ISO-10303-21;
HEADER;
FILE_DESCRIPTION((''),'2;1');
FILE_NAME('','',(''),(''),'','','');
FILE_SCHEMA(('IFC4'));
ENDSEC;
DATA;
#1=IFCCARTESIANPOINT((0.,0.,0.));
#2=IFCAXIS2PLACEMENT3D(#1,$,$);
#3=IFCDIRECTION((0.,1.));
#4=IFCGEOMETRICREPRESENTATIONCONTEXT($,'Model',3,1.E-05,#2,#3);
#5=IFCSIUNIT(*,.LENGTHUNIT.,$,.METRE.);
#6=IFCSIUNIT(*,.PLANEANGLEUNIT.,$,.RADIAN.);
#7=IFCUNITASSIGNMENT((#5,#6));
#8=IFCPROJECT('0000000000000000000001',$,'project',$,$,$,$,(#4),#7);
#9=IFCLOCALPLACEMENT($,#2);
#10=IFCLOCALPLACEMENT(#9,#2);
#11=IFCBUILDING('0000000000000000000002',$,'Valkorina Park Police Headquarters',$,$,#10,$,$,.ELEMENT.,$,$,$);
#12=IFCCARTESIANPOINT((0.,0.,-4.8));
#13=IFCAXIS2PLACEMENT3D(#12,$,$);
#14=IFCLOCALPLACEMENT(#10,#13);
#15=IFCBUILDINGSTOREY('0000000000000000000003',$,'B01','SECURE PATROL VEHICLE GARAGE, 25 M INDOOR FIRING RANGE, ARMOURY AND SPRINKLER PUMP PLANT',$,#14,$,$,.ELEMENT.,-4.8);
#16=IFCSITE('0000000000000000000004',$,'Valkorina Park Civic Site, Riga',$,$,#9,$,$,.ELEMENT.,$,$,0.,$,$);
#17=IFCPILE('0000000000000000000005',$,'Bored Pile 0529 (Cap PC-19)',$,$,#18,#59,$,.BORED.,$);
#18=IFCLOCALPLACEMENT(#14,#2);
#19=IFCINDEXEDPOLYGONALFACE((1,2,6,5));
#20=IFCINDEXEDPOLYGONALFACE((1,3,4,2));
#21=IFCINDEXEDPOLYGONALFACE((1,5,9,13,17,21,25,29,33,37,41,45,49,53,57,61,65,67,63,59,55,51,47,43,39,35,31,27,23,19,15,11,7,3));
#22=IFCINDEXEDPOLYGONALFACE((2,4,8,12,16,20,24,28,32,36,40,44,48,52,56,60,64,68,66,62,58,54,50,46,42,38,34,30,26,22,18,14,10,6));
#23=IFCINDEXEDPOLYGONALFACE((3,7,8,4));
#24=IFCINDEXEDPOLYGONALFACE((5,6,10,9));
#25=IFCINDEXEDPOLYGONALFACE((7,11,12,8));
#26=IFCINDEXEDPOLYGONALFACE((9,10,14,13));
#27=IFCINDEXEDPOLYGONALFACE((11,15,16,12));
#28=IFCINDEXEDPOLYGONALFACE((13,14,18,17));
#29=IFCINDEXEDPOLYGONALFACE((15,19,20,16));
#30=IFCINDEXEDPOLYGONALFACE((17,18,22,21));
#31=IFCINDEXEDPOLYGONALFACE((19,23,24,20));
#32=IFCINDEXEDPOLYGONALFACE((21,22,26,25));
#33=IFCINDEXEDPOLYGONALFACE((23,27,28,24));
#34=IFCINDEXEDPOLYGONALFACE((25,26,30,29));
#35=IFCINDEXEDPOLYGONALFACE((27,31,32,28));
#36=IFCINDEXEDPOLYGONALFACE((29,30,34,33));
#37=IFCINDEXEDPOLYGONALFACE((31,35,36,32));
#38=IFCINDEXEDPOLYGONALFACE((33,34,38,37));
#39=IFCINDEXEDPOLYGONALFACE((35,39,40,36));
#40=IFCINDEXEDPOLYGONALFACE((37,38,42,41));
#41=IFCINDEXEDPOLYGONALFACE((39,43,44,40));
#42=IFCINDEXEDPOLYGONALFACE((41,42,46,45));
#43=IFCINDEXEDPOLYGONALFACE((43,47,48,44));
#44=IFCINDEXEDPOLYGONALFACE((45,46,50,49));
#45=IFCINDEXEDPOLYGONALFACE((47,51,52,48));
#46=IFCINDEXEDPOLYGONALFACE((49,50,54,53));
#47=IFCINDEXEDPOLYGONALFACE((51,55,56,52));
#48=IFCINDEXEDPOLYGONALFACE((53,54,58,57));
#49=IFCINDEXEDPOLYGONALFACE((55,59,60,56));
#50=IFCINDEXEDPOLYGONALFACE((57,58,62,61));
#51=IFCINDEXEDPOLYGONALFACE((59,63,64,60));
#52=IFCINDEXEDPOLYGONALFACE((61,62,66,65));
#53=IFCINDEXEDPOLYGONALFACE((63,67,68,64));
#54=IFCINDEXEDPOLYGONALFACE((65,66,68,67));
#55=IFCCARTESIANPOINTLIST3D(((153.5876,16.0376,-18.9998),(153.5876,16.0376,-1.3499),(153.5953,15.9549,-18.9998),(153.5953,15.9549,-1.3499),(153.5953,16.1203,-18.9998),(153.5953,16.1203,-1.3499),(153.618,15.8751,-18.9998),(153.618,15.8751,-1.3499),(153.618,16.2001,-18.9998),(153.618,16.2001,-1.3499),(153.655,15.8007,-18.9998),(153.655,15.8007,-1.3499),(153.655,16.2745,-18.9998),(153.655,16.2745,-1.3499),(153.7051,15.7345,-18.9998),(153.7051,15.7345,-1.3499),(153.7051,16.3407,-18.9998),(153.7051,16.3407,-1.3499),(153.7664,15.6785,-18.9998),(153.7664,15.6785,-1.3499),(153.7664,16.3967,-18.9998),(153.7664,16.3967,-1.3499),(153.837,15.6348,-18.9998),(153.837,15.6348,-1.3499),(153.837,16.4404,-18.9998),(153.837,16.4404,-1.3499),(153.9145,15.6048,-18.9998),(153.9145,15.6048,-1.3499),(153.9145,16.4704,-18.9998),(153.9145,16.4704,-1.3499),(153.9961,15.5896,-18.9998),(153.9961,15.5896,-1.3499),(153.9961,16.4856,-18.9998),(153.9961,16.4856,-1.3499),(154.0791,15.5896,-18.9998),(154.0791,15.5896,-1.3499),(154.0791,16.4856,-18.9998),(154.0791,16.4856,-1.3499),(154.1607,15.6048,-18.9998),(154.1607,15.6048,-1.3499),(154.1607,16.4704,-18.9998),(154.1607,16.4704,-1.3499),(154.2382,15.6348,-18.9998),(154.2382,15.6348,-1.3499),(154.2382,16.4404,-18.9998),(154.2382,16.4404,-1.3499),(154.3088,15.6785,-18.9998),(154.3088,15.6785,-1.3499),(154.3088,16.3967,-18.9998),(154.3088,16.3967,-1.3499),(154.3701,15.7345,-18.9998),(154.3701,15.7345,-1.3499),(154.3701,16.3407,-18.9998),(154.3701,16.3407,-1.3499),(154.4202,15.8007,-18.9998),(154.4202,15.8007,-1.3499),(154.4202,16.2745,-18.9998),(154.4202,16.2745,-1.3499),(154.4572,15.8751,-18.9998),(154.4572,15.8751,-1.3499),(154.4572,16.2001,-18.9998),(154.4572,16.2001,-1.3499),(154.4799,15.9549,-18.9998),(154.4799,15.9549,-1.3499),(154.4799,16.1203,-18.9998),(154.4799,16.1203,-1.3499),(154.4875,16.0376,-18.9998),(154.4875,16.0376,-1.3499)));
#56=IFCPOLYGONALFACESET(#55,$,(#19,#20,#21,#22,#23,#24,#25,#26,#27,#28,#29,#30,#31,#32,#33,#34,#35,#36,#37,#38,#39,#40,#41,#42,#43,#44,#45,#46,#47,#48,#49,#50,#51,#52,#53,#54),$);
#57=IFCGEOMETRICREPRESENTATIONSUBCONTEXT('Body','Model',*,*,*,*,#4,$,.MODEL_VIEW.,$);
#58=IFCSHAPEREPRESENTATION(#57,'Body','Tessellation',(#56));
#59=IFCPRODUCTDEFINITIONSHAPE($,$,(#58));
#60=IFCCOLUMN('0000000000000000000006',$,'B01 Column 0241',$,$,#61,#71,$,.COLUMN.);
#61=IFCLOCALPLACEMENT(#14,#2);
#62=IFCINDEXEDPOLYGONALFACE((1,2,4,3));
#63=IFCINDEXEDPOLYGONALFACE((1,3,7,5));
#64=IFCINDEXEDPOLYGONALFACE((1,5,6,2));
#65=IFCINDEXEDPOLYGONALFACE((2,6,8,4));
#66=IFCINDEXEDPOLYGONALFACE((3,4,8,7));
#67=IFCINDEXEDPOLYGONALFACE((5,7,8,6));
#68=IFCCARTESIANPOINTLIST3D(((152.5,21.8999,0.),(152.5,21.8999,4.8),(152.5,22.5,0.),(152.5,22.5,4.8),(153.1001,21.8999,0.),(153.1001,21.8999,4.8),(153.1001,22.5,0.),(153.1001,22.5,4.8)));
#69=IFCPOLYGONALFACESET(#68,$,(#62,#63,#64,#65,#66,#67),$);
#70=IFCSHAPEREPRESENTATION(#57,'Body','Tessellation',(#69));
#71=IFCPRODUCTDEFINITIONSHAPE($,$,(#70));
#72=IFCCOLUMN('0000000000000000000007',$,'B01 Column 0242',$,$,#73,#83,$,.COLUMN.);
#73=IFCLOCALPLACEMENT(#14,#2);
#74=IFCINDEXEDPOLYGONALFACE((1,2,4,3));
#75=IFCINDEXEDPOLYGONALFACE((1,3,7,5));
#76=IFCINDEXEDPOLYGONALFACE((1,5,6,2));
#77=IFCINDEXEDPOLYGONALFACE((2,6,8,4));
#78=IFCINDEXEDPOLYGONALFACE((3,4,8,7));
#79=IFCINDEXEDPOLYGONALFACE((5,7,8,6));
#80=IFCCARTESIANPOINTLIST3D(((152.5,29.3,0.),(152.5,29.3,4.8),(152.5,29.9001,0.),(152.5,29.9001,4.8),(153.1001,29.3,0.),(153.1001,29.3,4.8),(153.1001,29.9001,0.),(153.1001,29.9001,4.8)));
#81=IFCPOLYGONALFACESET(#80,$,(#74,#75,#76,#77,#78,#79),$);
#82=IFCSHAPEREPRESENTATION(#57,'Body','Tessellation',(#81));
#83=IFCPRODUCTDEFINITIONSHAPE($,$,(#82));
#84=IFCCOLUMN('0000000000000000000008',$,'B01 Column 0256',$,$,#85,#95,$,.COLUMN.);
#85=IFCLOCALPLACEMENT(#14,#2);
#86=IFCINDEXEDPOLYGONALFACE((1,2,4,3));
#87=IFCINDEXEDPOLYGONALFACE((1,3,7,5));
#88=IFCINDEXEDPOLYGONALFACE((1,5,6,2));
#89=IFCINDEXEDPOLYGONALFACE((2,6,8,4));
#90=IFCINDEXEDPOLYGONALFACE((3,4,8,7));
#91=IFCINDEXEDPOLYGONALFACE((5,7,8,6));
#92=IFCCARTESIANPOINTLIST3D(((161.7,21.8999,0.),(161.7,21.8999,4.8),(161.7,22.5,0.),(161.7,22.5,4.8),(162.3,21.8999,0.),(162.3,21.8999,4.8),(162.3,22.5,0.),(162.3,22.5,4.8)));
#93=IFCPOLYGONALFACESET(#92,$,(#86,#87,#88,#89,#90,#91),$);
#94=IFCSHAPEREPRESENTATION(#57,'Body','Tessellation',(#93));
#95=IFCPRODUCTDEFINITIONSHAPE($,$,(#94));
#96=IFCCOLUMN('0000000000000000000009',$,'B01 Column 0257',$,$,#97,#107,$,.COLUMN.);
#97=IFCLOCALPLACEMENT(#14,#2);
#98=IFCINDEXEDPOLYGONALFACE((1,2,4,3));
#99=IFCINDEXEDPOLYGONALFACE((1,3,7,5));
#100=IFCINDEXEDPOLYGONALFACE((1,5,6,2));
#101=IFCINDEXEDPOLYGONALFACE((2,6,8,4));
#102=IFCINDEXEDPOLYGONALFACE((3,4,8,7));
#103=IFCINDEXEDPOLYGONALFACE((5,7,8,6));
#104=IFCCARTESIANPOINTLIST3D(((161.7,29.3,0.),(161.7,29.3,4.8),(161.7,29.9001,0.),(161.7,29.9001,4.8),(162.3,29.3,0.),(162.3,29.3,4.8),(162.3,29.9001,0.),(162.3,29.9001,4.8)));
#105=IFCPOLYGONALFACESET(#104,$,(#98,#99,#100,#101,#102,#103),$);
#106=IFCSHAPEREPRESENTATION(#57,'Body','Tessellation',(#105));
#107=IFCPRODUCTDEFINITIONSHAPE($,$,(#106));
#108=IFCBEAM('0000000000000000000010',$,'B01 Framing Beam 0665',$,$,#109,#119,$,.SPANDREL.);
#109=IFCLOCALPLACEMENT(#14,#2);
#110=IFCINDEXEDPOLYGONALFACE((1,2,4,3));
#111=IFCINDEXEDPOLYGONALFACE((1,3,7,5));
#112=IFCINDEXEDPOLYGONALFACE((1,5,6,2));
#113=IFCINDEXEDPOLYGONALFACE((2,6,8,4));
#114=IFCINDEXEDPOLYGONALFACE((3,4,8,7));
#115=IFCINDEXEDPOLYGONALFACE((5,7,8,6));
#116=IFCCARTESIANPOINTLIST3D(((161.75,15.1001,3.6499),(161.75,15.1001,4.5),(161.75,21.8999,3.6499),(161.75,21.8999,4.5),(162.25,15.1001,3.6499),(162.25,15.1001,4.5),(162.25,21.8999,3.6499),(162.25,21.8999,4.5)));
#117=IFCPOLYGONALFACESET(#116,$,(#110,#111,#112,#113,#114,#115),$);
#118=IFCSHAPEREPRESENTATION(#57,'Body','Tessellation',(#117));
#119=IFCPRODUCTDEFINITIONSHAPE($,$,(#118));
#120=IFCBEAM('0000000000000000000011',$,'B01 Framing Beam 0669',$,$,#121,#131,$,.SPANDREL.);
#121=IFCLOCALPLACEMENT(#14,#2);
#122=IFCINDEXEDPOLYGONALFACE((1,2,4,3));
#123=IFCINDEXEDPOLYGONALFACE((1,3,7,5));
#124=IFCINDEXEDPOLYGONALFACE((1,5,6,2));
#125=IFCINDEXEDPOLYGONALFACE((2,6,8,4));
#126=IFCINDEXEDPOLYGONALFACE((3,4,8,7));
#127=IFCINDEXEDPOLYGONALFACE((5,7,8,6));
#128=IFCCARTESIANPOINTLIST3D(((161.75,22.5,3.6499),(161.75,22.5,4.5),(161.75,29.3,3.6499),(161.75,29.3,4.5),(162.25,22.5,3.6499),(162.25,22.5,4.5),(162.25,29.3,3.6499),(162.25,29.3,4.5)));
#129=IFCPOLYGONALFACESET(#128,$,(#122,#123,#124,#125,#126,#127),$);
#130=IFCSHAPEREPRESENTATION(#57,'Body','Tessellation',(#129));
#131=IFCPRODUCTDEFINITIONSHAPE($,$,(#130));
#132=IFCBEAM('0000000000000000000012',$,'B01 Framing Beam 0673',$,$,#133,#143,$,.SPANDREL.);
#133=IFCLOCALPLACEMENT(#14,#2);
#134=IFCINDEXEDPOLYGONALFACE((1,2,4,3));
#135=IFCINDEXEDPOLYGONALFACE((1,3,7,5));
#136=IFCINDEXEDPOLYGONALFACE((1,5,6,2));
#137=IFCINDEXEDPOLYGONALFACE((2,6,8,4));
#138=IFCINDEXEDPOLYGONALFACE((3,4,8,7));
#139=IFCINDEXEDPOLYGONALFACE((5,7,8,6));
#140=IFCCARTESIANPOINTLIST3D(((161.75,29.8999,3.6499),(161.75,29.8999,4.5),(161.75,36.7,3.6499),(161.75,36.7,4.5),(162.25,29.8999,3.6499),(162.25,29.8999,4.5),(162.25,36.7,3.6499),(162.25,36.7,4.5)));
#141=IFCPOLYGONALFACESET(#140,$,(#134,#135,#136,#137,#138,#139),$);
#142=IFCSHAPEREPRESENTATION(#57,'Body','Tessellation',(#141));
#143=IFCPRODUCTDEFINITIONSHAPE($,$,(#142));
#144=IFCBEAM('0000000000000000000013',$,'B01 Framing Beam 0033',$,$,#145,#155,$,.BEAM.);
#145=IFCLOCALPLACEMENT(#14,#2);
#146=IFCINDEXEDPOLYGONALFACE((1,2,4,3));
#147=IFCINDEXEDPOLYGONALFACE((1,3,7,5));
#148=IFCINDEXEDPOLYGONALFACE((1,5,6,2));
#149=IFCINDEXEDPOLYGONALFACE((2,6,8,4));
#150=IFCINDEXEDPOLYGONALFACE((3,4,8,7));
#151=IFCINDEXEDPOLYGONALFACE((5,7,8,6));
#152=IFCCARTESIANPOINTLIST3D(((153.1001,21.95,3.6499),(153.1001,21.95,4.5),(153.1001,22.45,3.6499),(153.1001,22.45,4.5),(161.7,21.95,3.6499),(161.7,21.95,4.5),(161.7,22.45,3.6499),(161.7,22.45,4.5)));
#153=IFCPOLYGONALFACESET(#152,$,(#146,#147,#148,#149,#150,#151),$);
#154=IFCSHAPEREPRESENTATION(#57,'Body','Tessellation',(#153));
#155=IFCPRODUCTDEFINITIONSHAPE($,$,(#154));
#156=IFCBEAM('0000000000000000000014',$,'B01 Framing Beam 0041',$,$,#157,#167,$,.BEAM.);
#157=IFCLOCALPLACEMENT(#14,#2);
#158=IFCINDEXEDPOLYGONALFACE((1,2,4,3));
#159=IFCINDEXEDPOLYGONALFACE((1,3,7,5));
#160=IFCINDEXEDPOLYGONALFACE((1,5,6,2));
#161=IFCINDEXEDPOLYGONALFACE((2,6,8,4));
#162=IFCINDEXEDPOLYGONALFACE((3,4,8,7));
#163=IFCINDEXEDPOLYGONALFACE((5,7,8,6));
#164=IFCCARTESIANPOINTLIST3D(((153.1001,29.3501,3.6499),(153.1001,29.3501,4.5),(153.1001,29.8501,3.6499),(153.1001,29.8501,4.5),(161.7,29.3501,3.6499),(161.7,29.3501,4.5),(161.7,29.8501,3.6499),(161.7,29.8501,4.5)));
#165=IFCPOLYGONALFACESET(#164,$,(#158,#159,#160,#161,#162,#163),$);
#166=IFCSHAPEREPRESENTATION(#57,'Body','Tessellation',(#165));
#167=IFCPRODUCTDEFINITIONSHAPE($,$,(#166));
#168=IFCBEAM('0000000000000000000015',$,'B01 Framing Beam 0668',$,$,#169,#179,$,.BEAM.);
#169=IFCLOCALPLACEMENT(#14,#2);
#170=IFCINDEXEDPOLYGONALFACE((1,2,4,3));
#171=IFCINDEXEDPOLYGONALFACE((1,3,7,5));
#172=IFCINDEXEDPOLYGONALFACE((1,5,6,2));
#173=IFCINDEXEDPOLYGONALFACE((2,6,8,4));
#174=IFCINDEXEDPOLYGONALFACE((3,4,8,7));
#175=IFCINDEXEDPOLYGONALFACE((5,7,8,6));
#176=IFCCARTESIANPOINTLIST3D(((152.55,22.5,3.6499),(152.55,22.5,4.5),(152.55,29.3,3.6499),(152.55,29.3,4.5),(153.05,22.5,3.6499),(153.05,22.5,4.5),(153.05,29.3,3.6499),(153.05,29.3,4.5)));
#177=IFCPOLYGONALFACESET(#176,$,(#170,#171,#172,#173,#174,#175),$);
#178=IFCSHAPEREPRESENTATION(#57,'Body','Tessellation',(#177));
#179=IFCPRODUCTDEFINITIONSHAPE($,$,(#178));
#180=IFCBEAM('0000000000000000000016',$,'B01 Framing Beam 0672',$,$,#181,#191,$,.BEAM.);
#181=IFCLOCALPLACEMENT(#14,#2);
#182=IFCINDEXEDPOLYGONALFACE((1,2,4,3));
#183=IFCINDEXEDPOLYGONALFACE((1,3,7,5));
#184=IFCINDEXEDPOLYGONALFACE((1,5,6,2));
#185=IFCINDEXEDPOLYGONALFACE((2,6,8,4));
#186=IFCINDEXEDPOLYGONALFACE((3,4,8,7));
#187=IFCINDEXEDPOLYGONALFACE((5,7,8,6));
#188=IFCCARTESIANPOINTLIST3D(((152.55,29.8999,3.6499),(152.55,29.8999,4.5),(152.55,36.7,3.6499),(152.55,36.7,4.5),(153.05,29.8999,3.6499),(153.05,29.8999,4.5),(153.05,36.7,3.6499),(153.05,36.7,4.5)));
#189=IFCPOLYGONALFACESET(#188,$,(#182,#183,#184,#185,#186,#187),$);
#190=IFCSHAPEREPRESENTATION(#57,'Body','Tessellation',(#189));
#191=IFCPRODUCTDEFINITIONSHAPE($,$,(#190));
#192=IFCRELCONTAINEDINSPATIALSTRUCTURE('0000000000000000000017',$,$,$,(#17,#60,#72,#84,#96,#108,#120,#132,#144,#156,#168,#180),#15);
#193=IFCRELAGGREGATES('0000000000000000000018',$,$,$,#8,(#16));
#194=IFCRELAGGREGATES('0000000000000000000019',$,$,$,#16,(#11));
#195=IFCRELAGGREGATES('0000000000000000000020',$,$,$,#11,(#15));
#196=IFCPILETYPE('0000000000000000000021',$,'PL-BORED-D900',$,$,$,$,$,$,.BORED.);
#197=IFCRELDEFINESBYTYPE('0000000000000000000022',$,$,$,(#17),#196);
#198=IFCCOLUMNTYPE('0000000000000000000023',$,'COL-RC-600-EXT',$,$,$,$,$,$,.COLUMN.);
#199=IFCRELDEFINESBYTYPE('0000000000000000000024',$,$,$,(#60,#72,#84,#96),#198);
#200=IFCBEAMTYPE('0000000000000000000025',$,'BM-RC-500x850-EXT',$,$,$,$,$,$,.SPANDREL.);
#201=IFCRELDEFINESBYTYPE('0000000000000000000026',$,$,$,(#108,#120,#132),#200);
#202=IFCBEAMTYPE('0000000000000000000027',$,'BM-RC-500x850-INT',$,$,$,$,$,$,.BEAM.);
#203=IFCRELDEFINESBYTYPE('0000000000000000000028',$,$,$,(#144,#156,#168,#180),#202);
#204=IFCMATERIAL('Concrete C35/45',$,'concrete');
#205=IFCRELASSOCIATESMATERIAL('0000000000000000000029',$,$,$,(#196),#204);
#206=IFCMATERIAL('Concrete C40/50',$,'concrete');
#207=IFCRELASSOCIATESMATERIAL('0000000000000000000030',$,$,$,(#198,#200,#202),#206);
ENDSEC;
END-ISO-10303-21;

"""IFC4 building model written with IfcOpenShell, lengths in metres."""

from ifc_helpers import new_model, si_unit, direction, frame, origin, origin_2d, place, context, subcontext, project, spatial, rectangle, circle, extrude, material, material_profile, profile_set, type_object, element, save


model = new_model("IFC4")

# Units and contexts
model_context = context("Model", 3, precision=1e-05, world=origin(), true_north=direction((0.0, 1.0)))
body_context = subcontext(model_context, "Body", "Model", "MODEL_VIEW")
ifc_project = project(units=[si_unit("LENGTHUNIT", "METRE"), si_unit("PLANEANGLEUNIT", "RADIAN")], contexts=[model_context])

# Site, building, storey
site_placement = place(None, origin())
site = spatial("IfcSite", under=ifc_project, at=site_placement, Name="Valkorina Park Civic Site, Riga", CompositionType="ELEMENT", RefElevation=0.0)
building_placement = place(site_placement, origin())
building = spatial("IfcBuilding", under=site, at=building_placement, Name="Valkorina Park Police Headquarters", CompositionType="ELEMENT")
storey_placement = place(building_placement, frame((0.0, 0.0, -4.8)))
storey = spatial("IfcBuildingStorey", under=building, at=storey_placement, Name="B01", Description="SECURE PATROL VEHICLE GARAGE, 25 M INDOOR FIRING RANGE, ARMOURY AND SPRINKLER PUMP PLANT", CompositionType="ELEMENT", Elevation=-4.8)

# Shared definitions
ifc_material_1 = material(Name="Concrete C40/50", Category="concrete")

# Pile
ifc_material_2 = material(Name="Concrete C35/45", Category="concrete")
ifc_material_profile_1 = material_profile(ifc_material_2, circle(Radius=0.45, at=origin_2d()), Name="BORED PILE D900")
ifc_profile_set_1 = profile_set([ifc_material_profile_1], Name="Concrete C35/45")
pile_type_1 = type_object("IfcPileType", Name="PL-BORED-D900", PredefinedType="BORED", material=ifc_profile_set_1)
for number, where, z_axis, x_axis, name in (
    (1, (154.0376, 16.0376, -1.3499), (0.0, 0.0, -1.0), (1.0, 0.0, 0.0), "Bored Pile 0529 (Cap PC-19)"),
):
    element("IfcPile", number, at=place(storey_placement, frame(where, z_axis=z_axis, x_axis=x_axis)), inside=storey, type_object=pile_type_1, Name=name, PredefinedType="BORED", context=body_context, shape_type="SweptSolid", body=[
        extrude(circle(Radius=0.45, at=origin_2d()), origin(), (0.0, 0.0, 1.0), 17.6499),
    ])

# Columns
ifc_material_profile_2 = material_profile(ifc_material_1, rectangle(XDim=0.6001, YDim=0.6001, at=origin_2d()), Name="RC COL 600x600")
ifc_profile_set_2 = profile_set([ifc_material_profile_2], Name="Concrete C40/50")
column_type = type_object("IfcColumnType", Name="COL-RC-600-EXT", PredefinedType="COLUMN", material=ifc_profile_set_2)
for number, where, z_axis, x_axis, name in (
    (2, (152.8, 22.2, 0.0), (0.0, 0.0, 1.0), (1.0, 0.0, 0.0), "B01 Column 0241"),
    (3, (152.8, 29.6001, 0.0), (0.0, 0.0, 1.0), (1.0, 0.0, 0.0), "B01 Column 0242"),
    (4, (162.0, 22.2, 0.0), (0.0, 0.0, 1.0), (1.0, 0.0, 0.0), "B01 Column 0256"),
    (5, (162.0, 29.6001, 0.0), (0.0, 0.0, 1.0), (1.0, 0.0, 0.0), "B01 Column 0257"),
):
    element("IfcColumn", number, at=place(storey_placement, frame(where, z_axis=z_axis, x_axis=x_axis)), inside=storey, type_object=column_type, Name=name, PredefinedType="COLUMN", context=body_context, shape_type="SweptSolid", body=[
        extrude(rectangle(XDim=0.6001, YDim=0.6001, at=origin_2d()), origin(), (0.0, 0.0, 1.0), 4.8),
    ])

# Beams
ifc_material_profile_3 = material_profile(ifc_material_1, rectangle(XDim=0.5, YDim=0.8501, at=origin_2d()), Name="RC BEAM 500x850")
ifc_profile_set_3 = profile_set([ifc_material_profile_3], Name="Concrete C40/50")
beam_type_1 = type_object("IfcBeamType", Name="BM-RC-500x850-EXT", PredefinedType="SPANDREL", material=ifc_profile_set_3)
beam_placement = place(storey_placement, frame((162.0, 15.1001, 4.075), z_axis=(0.0, 1.0, 0.0), x_axis=(-1.0, 0.0, 0.0)))
element("IfcBeam", 6, at=beam_placement, inside=storey, type_object=beam_type_1, Name="B01 Framing Beam 0665", PredefinedType="SPANDREL", context=body_context, shape_type="SweptSolid", body=[
    extrude(rectangle(XDim=0.5, YDim=0.8501, at=origin_2d()), origin(), (0.0, 0.0, 1.0), 6.7998),
])
for number, where, z_axis, x_axis, name in (
    (7, (162.0, 22.5, 4.075), (0.0, 1.0, 0.0), (-1.0, 0.0, 0.0), "B01 Framing Beam 0669"),
    (8, (162.0, 29.8999, 4.075), (0.0, 1.0, 0.0), (-1.0, 0.0, 0.0), "B01 Framing Beam 0673"),
):
    element("IfcBeam", number, at=place(storey_placement, frame(where, z_axis=z_axis, x_axis=x_axis)), inside=storey, type_object=beam_type_1, Name=name, PredefinedType="SPANDREL", context=body_context, shape_type="SweptSolid", body=[
        extrude(rectangle(XDim=0.5, YDim=0.8501, at=origin_2d()), origin(), (0.0, 0.0, 1.0), 6.8),
    ])
ifc_material_profile_4 = material_profile(ifc_material_1, rectangle(XDim=0.5, YDim=0.8501, at=origin_2d()), Name="RC BEAM 500x850")
ifc_profile_set_4 = profile_set([ifc_material_profile_4], Name="Concrete C40/50")
beam_type_2 = type_object("IfcBeamType", Name="BM-RC-500x850-INT", PredefinedType="BEAM", material=ifc_profile_set_4)
for number, where, z_axis, x_axis, name in (
    (9, (153.1001, 22.2, 4.075), (1.0, 0.0, 0.0), (0.0, 1.0, 0.0), "B01 Framing Beam 0033"),
    (10, (153.1001, 29.6001, 4.075), (1.0, 0.0, 0.0), (0.0, 1.0, 0.0), "B01 Framing Beam 0041"),
):
    element("IfcBeam", number, at=place(storey_placement, frame(where, z_axis=z_axis, x_axis=x_axis)), inside=storey, type_object=beam_type_2, Name=name, PredefinedType="BEAM", context=body_context, shape_type="SweptSolid", body=[
        extrude(rectangle(XDim=0.5, YDim=0.8501, at=origin_2d()), origin(), (0.0, 0.0, 1.0), 8.5999),
    ])
for number, where, z_axis, x_axis, name in (
    (11, (152.8, 22.5, 4.075), (0.0, 1.0, 0.0), (-1.0, 0.0, 0.0), "B01 Framing Beam 0668"),
    (12, (152.8, 29.8999, 4.075), (0.0, 1.0, 0.0), (-1.0, 0.0, 0.0), "B01 Framing Beam 0672"),
):
    element("IfcBeam", number, at=place(storey_placement, frame(where, z_axis=z_axis, x_axis=x_axis)), inside=storey, type_object=beam_type_2, Name=name, PredefinedType="BEAM", context=body_context, shape_type="SweptSolid", body=[
        extrude(rectangle(XDim=0.5, YDim=0.8501, at=origin_2d()), origin(), (0.0, 0.0, 1.0), 6.8),
    ])

save(model, "model.ifc")
